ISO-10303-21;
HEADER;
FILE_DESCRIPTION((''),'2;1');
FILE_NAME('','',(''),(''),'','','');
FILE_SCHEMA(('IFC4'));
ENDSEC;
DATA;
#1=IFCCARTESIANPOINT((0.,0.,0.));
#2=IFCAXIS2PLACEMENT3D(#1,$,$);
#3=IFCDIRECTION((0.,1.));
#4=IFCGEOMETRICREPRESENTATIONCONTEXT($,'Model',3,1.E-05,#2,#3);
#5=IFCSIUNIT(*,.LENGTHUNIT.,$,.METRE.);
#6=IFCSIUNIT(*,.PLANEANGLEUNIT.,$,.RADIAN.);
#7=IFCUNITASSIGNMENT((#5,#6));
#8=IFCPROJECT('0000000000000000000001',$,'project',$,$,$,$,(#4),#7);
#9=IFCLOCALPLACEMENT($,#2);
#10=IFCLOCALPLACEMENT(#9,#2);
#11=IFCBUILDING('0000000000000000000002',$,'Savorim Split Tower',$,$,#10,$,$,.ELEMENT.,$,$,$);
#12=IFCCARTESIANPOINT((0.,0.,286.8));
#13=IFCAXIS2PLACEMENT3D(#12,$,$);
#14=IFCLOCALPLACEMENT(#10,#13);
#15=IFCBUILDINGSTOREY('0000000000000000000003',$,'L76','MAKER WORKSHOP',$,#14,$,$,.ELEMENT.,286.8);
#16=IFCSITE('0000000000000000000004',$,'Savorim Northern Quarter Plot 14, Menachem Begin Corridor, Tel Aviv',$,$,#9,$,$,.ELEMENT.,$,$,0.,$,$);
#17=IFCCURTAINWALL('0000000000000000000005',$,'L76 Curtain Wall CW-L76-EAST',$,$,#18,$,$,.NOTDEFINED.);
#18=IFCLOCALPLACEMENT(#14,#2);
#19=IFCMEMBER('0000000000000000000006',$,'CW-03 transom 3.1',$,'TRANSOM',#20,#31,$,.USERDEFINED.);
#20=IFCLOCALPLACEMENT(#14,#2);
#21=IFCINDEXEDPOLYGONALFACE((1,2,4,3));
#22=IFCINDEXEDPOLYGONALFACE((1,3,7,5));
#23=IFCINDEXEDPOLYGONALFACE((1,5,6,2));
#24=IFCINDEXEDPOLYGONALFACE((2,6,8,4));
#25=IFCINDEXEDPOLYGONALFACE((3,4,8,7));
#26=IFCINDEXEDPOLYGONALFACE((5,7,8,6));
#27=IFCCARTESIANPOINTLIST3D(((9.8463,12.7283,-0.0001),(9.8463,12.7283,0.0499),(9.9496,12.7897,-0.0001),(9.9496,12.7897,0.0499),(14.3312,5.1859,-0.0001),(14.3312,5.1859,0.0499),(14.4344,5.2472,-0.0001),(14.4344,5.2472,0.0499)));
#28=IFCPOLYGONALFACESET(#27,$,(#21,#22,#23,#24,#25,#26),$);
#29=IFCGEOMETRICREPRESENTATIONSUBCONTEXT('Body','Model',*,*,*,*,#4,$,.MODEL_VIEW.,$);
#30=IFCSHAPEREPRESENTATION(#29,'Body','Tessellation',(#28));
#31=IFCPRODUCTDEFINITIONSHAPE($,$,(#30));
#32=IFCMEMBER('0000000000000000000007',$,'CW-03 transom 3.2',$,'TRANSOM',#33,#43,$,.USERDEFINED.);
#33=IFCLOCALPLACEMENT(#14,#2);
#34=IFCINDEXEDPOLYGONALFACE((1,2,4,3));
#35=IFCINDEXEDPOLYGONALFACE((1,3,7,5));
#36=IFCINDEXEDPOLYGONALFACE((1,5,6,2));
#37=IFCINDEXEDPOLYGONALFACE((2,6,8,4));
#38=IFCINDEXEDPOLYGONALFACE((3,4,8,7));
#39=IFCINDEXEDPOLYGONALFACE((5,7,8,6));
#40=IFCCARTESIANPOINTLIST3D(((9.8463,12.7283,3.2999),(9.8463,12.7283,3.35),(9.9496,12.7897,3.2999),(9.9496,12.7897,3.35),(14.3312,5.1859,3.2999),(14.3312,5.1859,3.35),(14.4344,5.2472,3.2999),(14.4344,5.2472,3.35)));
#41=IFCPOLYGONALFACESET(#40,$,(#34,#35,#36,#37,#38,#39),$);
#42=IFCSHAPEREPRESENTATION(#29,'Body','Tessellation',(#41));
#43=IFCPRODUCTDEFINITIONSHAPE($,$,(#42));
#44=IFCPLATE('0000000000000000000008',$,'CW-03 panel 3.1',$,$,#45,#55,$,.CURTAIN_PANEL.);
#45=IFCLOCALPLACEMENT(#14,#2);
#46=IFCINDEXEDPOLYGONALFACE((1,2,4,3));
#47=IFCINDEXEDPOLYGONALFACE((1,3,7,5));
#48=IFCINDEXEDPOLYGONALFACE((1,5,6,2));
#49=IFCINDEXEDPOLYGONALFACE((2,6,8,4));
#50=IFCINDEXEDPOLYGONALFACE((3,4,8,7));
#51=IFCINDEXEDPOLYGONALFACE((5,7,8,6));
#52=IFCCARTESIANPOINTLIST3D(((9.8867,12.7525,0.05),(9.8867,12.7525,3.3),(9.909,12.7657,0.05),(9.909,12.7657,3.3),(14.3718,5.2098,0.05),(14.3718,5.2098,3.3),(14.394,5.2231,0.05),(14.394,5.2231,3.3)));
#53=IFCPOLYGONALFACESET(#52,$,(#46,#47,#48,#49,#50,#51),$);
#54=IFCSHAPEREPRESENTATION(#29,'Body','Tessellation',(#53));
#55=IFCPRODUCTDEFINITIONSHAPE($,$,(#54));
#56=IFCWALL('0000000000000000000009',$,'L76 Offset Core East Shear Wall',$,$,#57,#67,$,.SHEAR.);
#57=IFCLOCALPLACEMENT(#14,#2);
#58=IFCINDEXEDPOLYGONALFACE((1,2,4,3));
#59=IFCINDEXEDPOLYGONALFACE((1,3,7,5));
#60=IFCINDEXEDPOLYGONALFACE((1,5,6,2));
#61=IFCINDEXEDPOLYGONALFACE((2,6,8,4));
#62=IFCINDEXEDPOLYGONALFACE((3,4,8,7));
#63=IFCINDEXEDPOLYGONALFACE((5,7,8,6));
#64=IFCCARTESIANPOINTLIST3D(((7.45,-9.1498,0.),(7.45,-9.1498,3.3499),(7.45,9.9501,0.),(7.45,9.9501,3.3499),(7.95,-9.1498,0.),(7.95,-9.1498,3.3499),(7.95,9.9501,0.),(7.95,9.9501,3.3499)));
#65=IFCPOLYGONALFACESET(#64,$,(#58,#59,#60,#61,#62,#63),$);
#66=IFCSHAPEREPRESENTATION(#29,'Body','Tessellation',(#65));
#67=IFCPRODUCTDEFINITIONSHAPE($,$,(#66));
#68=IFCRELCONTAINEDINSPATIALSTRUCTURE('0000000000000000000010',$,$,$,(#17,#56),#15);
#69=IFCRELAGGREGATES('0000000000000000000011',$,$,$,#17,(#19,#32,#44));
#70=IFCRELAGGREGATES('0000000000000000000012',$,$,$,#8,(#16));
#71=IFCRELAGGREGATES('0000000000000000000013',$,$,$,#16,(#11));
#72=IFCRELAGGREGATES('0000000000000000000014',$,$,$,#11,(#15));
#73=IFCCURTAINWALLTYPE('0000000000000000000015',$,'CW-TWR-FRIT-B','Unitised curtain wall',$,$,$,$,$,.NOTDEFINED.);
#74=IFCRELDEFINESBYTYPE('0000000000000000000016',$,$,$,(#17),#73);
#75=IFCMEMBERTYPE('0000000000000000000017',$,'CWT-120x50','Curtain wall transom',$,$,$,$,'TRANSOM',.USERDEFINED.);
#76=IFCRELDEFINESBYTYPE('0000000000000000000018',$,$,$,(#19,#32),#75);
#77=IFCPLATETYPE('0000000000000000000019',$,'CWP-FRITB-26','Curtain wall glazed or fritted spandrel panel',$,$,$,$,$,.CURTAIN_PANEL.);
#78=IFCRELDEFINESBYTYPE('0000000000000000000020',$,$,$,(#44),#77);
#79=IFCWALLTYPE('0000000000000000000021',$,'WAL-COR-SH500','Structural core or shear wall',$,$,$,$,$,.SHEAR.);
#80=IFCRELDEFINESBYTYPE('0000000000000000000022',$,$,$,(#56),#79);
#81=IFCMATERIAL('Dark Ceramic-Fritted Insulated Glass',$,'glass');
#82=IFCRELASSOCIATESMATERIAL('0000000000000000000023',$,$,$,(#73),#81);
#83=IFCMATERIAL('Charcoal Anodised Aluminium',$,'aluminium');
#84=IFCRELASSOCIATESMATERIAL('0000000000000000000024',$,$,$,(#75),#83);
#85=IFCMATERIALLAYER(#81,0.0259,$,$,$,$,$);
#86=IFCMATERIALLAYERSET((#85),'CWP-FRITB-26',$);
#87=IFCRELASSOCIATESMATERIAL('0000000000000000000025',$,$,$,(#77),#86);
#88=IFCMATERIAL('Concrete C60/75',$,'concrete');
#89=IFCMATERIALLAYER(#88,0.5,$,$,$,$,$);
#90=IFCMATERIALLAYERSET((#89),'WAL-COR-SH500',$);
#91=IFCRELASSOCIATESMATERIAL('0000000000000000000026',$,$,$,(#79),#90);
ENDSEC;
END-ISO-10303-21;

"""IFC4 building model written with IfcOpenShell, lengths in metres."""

from ifc_helpers import new_model, si_unit, direction, frame, frame_2d, origin, origin_2d, place, context, subcontext, project, spatial, rectangle, extrude, material, layer, layer_set, material_profile, profile_set, type_object, element, aggregate, save


model = new_model("IFC4")

# Units and contexts
model_context = context("Model", 3, precision=1e-05, world=origin(), true_north=direction((0.0, 1.0)))
body_context = subcontext(model_context, "Body", "Model", "MODEL_VIEW")
ifc_project = project(units=[si_unit("LENGTHUNIT", "METRE"), si_unit("PLANEANGLEUNIT", "RADIAN")], contexts=[model_context])

# Site, building, storey
site_placement = place(None, origin())
site = spatial("IfcSite", under=ifc_project, at=site_placement, Name="Savorim Northern Quarter Plot 14, Menachem Begin Corridor, Tel Aviv", CompositionType="ELEMENT", RefElevation=0.0)
building_placement = place(site_placement, origin())
building = spatial("IfcBuilding", under=site, at=building_placement, Name="Savorim Split Tower", CompositionType="ELEMENT")
storey_placement = place(building_placement, frame((0.0, 0.0, 286.8)))
storey = spatial("IfcBuildingStorey", under=building, at=storey_placement, Name="L76", Description="MAKER WORKSHOP", CompositionType="ELEMENT", Elevation=286.8)

# Curtain wall, members, plate
ifc_material_1 = material(Name="Dark Ceramic-Fritted Insulated Glass", Category="glass")
curtain_wall_type = type_object("IfcCurtainWallType", Name="CW-TWR-FRIT-B", Description="Unitised curtain wall", PredefinedType="NOTDEFINED", material=ifc_material_1)
curtain_wall_placement = place(storey_placement, origin())
curtain_wall = element("IfcCurtainWall", 1, at=curtain_wall_placement, inside=storey, type_object=curtain_wall_type, Name="L76 Curtain Wall CW-L76-EAST", PredefinedType="NOTDEFINED")
ifc_material_2 = material(Name="Charcoal Anodised Aluminium", Category="aluminium")
ifc_material_profile = material_profile(ifc_material_2, rectangle(XDim=0.1201, YDim=0.05, at=origin_2d()), Name="ALU-T 120x50")
ifc_profile_set = profile_set([ifc_material_profile], Name="Charcoal Anodised Aluminium")
member_type = type_object("IfcMemberType", Name="CWT-120x50", Description="Curtain wall transom", ElementType="TRANSOM", PredefinedType="USERDEFINED", material=ifc_profile_set)
member_1_placement = place(storey_placement, frame((14.3828, 5.2166, 0.0249), z_axis=(-0.511088, 0.859529, 0.0), x_axis=(-0.859529, -0.511088, 0.0)))
member_1 = element("IfcMember", 2, at=member_1_placement, type_object=member_type, Name="CW-03 transom 3.1", ObjectType="TRANSOM", PredefinedType="USERDEFINED", context=body_context, shape_type="SweptSolid", body=[
    extrude(rectangle(XDim=0.1201, YDim=0.05, at=origin_2d()), origin(), (0.0, 0.0, 1.0), 8.7751),
])
member_2_placement = place(storey_placement, frame((14.3828, 5.2166, 3.325), z_axis=(-0.511088, 0.859529, 0.0), x_axis=(-0.859529, -0.511088, 0.0)))
member_2 = element("IfcMember", 3, at=member_2_placement, type_object=member_type, Name="CW-03 transom 3.2", ObjectType="TRANSOM", PredefinedType="USERDEFINED", context=body_context, shape_type="SweptSolid", body=[
    extrude(rectangle(XDim=0.1201, YDim=0.05, at=origin_2d()), origin(), (0.0, 0.0, 1.0), 8.7751),
])
ifc_layer_1 = layer(ifc_material_1, 0.0259)
ifc_layer_set_1 = layer_set([ifc_layer_1], Name="CWP-FRITB-26")
plate_type = type_object("IfcPlateType", Name="CWP-FRITB-26", Description="Curtain wall glazed or fritted spandrel panel", PredefinedType="CURTAIN_PANEL", material=ifc_layer_set_1)
plate_placement = place(storey_placement, frame((12.1404, 8.9878, 0.05), z_axis=(0.0, 0.0, 1.0), x_axis=(-0.511092, 0.859526, 0.0)))
plate = element("IfcPlate", 4, at=plate_placement, type_object=plate_type, Name="CW-03 panel 3.1", PredefinedType="CURTAIN_PANEL", context=body_context, shape_type="SweptSolid", body=[
    extrude(rectangle(XDim=8.7754, YDim=0.0259, at=origin_2d()), origin(), (0.0, 0.0, 1.0), 3.25),
])
aggregate(curtain_wall, [member_1, member_2, plate])

# Wall
ifc_material_3 = material(Name="Concrete C60/75", Category="concrete")
ifc_layer_2 = layer(ifc_material_3, 0.5)
ifc_layer_set_2 = layer_set([ifc_layer_2], Name="WAL-COR-SH500")
wall_type_1 = type_object("IfcWallType", Name="WAL-COR-SH500", Description="Structural core or shear wall", PredefinedType="SHEAR", material=ifc_layer_set_2)
wall_1_placement = place(storey_placement, frame((7.7, 9.95, 0.0), z_axis=(0.0, 0.0, 1.0), x_axis=(0.0, -1.0, 0.0)))
element("IfcWall", 5, at=wall_1_placement, inside=storey, type_object=wall_type_1, Name="L76 Offset Core East Shear Wall", PredefinedType="SHEAR", context=body_context, shape_type="SweptSolid", body=[
    extrude(rectangle(XDim=19.0999, YDim=0.5, at=frame_2d((9.5498, 0.0))), origin(), (0.0, 0.0, 1.0), 3.3499),
])

save(model, "model.ifc")
